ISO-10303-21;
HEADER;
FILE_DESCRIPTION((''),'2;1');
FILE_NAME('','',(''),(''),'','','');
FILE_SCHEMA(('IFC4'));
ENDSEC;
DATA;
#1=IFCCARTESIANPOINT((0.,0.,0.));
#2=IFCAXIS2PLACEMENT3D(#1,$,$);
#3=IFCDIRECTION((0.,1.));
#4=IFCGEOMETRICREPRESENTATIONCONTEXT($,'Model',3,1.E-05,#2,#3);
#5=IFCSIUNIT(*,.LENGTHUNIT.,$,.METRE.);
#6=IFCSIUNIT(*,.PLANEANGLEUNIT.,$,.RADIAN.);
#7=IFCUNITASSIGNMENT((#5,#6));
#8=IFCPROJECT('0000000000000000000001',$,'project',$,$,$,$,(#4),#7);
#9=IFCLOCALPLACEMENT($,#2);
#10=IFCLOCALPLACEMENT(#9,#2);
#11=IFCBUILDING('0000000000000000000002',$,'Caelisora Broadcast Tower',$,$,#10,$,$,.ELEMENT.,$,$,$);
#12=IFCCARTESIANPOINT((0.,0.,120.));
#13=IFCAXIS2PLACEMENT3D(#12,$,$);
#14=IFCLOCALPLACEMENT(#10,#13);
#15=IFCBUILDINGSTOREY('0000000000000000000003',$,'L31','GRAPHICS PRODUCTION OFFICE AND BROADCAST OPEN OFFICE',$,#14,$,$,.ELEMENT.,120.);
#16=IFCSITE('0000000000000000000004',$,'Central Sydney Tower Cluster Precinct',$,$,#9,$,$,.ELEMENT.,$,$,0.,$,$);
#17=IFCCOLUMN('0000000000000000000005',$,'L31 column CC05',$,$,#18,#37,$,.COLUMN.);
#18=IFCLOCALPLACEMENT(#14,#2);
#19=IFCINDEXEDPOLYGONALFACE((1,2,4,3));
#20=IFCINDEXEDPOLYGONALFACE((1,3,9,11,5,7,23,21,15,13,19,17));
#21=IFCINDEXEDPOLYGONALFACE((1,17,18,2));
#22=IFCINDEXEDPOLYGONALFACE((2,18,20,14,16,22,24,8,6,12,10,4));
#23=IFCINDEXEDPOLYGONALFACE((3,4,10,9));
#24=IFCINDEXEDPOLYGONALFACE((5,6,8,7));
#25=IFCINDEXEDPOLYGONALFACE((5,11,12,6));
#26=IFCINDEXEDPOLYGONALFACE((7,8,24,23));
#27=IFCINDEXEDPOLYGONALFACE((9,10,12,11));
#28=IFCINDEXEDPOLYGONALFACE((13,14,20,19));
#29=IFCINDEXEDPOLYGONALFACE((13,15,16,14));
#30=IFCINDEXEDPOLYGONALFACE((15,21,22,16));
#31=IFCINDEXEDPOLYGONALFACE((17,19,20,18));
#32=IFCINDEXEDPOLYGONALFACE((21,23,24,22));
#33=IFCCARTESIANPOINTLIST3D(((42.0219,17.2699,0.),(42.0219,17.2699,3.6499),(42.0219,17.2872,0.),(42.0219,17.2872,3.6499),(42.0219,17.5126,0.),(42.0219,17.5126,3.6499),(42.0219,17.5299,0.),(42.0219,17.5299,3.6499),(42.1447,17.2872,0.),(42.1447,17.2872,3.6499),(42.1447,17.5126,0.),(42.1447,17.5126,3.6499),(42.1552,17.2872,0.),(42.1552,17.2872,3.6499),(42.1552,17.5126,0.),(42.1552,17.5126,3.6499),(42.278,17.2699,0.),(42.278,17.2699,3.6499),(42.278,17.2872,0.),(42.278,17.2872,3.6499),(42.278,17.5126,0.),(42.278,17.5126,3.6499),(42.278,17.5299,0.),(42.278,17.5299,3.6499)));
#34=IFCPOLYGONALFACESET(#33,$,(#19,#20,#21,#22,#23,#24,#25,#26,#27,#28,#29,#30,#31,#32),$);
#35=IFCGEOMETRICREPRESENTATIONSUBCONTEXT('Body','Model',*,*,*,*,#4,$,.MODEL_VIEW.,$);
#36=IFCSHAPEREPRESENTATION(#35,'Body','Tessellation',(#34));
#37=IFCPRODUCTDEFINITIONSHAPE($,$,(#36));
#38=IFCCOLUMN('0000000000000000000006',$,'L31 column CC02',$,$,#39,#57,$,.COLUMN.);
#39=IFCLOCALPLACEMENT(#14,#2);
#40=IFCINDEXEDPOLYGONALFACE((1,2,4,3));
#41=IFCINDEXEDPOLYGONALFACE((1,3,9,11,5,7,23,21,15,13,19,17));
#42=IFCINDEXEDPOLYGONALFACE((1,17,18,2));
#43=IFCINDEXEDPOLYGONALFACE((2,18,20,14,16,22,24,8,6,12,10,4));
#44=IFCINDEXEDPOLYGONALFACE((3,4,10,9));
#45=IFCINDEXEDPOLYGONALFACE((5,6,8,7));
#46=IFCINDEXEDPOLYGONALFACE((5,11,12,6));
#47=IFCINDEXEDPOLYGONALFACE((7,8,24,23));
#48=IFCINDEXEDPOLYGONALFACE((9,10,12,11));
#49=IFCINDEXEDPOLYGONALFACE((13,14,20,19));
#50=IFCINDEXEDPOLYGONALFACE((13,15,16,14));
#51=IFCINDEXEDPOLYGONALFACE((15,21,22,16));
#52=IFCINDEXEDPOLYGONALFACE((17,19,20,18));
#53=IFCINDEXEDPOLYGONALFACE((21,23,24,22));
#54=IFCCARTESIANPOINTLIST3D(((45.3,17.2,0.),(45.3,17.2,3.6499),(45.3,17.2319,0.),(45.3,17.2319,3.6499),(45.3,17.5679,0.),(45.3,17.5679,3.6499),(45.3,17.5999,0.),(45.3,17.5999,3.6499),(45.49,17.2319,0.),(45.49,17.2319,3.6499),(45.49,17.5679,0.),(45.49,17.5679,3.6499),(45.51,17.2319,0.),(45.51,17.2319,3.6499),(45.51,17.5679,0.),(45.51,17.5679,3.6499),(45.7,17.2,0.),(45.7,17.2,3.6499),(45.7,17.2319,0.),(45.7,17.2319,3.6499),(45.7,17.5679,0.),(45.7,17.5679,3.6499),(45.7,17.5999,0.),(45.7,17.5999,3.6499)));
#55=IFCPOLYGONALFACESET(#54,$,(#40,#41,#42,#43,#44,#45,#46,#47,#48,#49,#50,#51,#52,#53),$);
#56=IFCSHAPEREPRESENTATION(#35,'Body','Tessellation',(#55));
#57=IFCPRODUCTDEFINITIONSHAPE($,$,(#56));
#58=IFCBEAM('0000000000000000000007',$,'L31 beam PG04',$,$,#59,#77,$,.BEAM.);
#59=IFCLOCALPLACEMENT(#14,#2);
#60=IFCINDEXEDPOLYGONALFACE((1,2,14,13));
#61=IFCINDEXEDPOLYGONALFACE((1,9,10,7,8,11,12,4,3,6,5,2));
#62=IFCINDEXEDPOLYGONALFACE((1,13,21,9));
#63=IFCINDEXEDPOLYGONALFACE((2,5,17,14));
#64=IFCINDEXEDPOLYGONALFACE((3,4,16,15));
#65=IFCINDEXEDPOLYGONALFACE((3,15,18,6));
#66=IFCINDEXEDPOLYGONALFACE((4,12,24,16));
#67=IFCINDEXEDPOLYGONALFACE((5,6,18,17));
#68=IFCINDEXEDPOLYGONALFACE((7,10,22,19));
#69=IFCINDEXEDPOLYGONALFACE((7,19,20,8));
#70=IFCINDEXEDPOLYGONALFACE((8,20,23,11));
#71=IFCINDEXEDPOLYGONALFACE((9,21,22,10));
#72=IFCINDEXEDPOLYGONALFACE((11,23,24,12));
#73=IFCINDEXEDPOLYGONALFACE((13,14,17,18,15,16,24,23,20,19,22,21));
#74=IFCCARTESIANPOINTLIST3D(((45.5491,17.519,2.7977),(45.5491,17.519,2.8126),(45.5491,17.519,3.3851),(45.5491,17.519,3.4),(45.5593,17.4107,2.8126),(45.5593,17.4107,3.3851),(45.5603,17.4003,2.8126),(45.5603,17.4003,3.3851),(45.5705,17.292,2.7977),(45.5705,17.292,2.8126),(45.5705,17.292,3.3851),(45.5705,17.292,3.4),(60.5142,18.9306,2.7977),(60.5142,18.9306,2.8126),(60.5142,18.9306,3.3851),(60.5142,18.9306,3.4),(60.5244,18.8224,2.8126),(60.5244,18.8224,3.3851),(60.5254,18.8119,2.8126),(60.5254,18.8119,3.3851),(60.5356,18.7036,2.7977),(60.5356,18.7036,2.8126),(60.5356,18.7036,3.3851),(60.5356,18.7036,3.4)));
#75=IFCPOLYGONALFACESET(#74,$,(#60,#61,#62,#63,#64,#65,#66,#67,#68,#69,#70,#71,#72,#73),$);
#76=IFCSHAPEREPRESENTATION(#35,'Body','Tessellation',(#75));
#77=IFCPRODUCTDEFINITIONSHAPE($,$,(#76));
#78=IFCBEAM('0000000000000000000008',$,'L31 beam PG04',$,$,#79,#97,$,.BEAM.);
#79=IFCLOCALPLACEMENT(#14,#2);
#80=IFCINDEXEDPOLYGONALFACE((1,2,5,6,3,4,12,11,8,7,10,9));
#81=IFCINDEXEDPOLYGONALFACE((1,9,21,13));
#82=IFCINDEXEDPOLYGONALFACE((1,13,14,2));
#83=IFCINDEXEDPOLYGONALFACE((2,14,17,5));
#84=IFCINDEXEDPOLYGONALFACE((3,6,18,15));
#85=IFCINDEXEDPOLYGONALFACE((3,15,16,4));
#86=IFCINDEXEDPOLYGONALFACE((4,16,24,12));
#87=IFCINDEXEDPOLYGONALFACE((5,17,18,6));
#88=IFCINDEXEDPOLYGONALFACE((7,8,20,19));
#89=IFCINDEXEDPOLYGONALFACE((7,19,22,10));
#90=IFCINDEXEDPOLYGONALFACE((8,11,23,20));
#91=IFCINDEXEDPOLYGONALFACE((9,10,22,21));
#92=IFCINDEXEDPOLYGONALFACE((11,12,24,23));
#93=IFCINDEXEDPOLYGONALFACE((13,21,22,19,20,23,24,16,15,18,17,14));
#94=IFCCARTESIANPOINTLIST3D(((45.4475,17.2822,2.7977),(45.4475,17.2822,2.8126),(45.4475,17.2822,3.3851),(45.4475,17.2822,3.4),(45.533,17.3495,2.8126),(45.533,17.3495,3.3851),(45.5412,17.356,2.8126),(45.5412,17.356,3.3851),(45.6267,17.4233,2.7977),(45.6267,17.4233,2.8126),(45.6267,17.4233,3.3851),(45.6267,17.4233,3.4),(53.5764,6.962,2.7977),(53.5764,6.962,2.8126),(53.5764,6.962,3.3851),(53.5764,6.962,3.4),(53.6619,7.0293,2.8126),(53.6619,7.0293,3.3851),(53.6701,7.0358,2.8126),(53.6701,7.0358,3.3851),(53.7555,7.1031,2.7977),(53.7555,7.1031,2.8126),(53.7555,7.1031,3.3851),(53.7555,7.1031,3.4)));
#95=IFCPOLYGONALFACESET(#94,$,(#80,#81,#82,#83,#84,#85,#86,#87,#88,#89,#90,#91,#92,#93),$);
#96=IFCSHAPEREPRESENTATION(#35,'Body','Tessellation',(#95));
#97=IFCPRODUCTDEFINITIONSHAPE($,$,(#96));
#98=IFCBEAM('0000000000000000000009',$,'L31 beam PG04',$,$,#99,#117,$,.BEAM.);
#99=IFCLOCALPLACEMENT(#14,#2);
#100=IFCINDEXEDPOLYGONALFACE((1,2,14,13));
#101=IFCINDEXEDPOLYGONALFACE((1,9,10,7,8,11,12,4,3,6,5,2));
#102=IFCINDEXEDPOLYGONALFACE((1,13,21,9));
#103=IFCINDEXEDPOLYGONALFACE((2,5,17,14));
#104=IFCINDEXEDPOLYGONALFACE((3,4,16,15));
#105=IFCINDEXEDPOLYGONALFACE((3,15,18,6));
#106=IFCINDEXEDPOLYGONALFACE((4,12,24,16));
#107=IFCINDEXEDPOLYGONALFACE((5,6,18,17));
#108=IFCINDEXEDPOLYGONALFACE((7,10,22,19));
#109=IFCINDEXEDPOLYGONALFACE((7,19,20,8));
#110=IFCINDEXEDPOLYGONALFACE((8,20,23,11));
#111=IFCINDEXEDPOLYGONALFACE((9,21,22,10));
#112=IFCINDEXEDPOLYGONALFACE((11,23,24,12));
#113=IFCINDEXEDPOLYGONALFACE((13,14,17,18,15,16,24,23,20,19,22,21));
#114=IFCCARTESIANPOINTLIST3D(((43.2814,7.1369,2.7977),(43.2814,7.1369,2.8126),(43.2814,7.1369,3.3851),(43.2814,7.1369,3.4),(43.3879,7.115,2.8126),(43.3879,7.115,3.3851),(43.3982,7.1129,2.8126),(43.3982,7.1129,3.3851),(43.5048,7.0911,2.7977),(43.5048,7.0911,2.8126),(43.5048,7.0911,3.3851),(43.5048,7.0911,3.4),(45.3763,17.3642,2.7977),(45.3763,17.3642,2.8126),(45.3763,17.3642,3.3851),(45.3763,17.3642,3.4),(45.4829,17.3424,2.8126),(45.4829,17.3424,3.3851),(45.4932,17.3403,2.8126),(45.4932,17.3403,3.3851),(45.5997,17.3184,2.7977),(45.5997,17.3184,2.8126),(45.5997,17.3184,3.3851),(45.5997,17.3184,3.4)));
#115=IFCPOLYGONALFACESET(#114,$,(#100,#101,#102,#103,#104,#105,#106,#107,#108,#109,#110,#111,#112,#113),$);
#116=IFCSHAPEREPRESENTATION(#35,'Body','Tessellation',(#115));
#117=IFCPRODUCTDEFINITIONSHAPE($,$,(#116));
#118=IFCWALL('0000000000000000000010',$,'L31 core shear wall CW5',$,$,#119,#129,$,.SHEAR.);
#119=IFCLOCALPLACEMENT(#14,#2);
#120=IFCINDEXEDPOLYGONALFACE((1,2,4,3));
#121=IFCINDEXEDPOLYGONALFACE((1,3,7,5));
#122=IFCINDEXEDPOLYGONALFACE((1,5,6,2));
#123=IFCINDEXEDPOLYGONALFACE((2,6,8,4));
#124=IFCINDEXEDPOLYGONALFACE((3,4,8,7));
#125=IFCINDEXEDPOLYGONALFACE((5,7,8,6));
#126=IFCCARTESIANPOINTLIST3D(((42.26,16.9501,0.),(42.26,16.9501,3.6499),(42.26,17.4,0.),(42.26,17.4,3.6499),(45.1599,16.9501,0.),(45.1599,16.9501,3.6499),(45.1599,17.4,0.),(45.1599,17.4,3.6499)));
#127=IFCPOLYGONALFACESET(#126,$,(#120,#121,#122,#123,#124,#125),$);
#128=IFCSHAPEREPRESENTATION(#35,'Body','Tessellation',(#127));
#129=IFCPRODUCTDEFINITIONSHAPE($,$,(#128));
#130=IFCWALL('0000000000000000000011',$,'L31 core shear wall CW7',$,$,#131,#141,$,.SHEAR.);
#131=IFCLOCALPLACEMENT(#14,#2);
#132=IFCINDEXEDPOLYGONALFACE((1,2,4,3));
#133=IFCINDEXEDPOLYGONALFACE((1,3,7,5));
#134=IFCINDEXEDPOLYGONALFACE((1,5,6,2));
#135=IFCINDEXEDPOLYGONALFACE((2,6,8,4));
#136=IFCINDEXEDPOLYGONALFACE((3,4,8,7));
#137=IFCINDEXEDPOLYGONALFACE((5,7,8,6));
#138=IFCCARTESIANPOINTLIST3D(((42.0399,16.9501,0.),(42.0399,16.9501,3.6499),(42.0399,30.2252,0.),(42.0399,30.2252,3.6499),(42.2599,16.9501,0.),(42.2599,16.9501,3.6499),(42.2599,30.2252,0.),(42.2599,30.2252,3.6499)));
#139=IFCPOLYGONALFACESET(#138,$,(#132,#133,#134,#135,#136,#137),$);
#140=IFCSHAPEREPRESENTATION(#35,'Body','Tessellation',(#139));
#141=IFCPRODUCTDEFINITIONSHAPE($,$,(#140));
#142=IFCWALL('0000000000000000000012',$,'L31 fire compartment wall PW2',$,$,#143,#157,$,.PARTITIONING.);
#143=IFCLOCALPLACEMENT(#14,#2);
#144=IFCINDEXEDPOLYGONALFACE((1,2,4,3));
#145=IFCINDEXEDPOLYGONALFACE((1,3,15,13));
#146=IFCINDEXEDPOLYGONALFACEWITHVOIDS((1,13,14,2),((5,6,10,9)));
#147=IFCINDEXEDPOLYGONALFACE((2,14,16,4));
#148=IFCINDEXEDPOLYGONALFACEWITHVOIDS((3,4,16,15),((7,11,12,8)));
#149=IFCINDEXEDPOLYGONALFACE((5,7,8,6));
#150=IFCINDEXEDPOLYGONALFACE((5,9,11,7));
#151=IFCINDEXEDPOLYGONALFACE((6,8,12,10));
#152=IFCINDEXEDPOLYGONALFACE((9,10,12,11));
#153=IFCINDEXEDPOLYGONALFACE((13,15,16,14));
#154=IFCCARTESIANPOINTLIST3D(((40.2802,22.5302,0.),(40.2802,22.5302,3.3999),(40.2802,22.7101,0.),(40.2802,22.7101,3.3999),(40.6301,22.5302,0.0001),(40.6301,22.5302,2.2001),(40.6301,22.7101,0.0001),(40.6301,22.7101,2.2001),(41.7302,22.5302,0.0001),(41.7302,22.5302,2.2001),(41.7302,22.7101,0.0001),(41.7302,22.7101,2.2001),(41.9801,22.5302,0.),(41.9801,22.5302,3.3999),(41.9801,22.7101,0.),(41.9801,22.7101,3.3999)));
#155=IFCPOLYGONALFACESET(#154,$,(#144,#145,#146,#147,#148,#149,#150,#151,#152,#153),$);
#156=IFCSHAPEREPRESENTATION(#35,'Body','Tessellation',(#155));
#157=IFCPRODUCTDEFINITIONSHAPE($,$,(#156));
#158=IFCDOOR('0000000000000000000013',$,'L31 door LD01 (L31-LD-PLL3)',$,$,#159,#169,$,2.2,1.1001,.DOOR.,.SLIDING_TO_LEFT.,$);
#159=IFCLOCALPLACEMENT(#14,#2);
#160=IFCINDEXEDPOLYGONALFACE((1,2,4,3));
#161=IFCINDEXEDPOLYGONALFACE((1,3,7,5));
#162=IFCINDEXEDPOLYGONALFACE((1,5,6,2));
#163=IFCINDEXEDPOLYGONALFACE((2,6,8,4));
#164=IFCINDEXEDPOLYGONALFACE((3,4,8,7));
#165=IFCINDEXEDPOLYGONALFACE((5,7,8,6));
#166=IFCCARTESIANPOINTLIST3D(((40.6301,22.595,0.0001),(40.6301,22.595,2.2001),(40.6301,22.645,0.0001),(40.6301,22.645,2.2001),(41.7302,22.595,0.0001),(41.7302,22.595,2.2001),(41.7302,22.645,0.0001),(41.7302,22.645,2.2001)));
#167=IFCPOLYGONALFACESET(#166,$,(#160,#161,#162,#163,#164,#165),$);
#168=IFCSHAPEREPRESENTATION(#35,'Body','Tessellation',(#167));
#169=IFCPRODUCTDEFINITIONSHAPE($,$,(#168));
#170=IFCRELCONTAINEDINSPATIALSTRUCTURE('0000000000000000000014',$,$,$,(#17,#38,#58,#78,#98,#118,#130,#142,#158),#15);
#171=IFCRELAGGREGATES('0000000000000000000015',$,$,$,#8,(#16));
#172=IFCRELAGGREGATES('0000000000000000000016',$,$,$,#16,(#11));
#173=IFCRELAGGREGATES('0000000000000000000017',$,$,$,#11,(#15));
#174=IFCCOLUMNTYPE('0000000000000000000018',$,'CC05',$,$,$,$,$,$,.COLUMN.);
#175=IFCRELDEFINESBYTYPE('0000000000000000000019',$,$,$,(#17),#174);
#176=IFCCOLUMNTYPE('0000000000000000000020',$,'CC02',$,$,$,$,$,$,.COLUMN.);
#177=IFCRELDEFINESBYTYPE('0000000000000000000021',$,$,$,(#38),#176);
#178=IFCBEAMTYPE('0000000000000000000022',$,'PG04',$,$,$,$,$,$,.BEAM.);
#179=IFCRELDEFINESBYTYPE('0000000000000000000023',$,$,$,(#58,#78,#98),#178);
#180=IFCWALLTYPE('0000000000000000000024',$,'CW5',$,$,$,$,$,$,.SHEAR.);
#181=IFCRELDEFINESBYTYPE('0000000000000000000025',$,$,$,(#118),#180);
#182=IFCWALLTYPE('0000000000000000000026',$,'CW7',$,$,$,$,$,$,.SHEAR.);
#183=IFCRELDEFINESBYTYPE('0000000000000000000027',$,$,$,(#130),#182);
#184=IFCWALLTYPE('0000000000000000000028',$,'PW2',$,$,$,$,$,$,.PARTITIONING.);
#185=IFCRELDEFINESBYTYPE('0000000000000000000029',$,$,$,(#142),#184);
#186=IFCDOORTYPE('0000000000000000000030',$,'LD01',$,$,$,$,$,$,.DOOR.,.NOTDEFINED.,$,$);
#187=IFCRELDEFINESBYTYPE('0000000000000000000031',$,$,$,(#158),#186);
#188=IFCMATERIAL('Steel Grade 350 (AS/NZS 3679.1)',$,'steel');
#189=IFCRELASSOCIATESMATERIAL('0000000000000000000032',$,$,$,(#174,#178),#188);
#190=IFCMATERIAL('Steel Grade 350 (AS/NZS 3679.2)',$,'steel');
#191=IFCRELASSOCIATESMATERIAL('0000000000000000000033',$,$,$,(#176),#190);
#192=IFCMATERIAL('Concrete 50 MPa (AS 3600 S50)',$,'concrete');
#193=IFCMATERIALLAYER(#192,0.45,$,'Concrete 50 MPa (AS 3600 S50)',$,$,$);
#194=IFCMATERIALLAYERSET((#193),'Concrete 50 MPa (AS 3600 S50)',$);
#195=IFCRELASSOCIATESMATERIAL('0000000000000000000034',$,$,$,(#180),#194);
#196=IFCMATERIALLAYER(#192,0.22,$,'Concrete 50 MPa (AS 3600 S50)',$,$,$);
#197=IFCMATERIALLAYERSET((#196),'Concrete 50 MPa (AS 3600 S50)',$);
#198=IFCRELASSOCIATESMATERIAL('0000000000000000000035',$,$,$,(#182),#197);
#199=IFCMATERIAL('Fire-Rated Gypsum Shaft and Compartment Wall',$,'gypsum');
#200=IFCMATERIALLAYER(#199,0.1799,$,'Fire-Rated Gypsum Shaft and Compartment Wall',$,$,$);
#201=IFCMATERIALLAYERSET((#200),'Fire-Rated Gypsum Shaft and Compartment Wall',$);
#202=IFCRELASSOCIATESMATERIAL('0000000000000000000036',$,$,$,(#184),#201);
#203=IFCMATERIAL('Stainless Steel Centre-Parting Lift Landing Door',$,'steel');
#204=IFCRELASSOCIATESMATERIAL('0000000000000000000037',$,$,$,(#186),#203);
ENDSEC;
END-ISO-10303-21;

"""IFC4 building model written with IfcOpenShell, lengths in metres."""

from ifc_helpers import new_model, si_unit, direction, frame, frame_2d, origin, origin_2d, place, context, subcontext, project, spatial, rectangle, i_section, extrude, source, transform, mapped, material, layer, layer_set, material_profile, profile_set, type_object, type_shapes, element, fill, save


model = new_model("IFC4")

# Units and contexts
model_context = context("Model", 3, precision=1e-05, world=origin(), true_north=direction((0.0, 1.0)))
body_context = subcontext(model_context, "Body", "Model", "MODEL_VIEW")
ifc_project = project(units=[si_unit("LENGTHUNIT", "METRE"), si_unit("PLANEANGLEUNIT", "RADIAN")], contexts=[model_context])

# Site, building, storey
site_placement = place(None, origin())
site = spatial("IfcSite", under=ifc_project, at=site_placement, Name="Central Sydney Tower Cluster Precinct", CompositionType="ELEMENT", RefElevation=0.0)
building_placement = place(site_placement, origin())
building = spatial("IfcBuilding", under=site, at=building_placement, Name="Caelisora Broadcast Tower", CompositionType="ELEMENT")
storey_placement = place(building_placement, frame((0.0, 0.0, 120.0)))
storey = spatial("IfcBuildingStorey", under=building, at=storey_placement, Name="L31", Description="GRAPHICS PRODUCTION OFFICE AND BROADCAST OPEN OFFICE", CompositionType="ELEMENT", Elevation=120.0)

# Columns
ifc_material_1 = material(Name="Steel Grade 350 (AS/NZS 3679.1)", Category="steel")
ifc_material_profile_1 = material_profile(ifc_material_1, i_section(OverallWidth=0.2561, OverallDepth=0.26, WebThickness=0.0105, FlangeThickness=0.0173, at=origin_2d()), Name="Steel Grade 350 (AS/NZS 3679.1)")
ifc_profile_set_1 = profile_set([ifc_material_profile_1], Name="Steel Grade 350 (AS/NZS 3679.1)")
column_type_1 = type_object("IfcColumnType", Name="CC05", PredefinedType="COLUMN", material=ifc_profile_set_1)
shared_shape_1 = source(origin(), body_context, "Body", "SweptSolid", [
    extrude(i_section(OverallWidth=0.2561, OverallDepth=0.26, WebThickness=0.0105, FlangeThickness=0.0173, at=origin_2d()), origin(), (0.0, 0.0, 1.0), 3.6499),
])
type_shapes(column_type_1, [shared_shape_1])
column_1_placement = place(storey_placement, frame((42.1499, 17.3999, 0.0), z_axis=(0.0, 0.0, 1.0), x_axis=(1.0, 0.0, 0.0)))
element("IfcColumn", 1, at=column_1_placement, inside=storey, type_object=column_type_1, Name="L31 column CC05", PredefinedType="COLUMN", context=body_context, shape_type="MappedRepresentation", body=[
    mapped(shared_shape_1, transform((0.0, 0.0, 0.0), scale=1.0)),
])
ifc_material_2 = material(Name="Steel Grade 350 (AS/NZS 3679.2)", Category="steel")
ifc_material_profile_2 = material_profile(ifc_material_2, i_section(OverallWidth=0.3999, OverallDepth=0.3999, WebThickness=0.02, FlangeThickness=0.032, at=origin_2d()), Name="Steel Grade 350 (AS/NZS 3679.2)")
ifc_profile_set_2 = profile_set([ifc_material_profile_2], Name="Steel Grade 350 (AS/NZS 3679.2)")
column_type_2 = type_object("IfcColumnType", Name="CC02", PredefinedType="COLUMN", material=ifc_profile_set_2)
shared_shape_2 = source(origin(), body_context, "Body", "SweptSolid", [
    extrude(i_section(OverallWidth=0.3999, OverallDepth=0.3999, WebThickness=0.02, FlangeThickness=0.032, at=origin_2d()), origin(), (0.0, 0.0, 1.0), 3.6499),
])
type_shapes(column_type_2, [shared_shape_2])
column_2_placement = place(storey_placement, frame((45.5, 17.3999, 0.0), z_axis=(0.0, 0.0, 1.0), x_axis=(1.0, 0.0, 0.0)))
element("IfcColumn", 2, at=column_2_placement, inside=storey, type_object=column_type_2, Name="L31 column CC02", PredefinedType="COLUMN", context=body_context, shape_type="MappedRepresentation", body=[
    mapped(shared_shape_2, transform((0.0, 0.0, 0.0), scale=1.0)),
])

# Beams
ifc_material_profile_3 = material_profile(ifc_material_1, i_section(OverallWidth=0.228, OverallDepth=0.6023, WebThickness=0.0105, FlangeThickness=0.0149, at=origin_2d()), Name="Steel Grade 350 (AS/NZS 3679.1)")
ifc_profile_set_3 = profile_set([ifc_material_profile_3], Name="Steel Grade 350 (AS/NZS 3679.1)")
beam_type = type_object("IfcBeamType", Name="PG04", PredefinedType="BEAM", material=ifc_profile_set_3)
shared_shape_3 = source(origin(), body_context, "Body", "SweptSolid", [
    extrude(i_section(OverallWidth=0.228, OverallDepth=0.6023, WebThickness=0.0105, FlangeThickness=0.0149, at=origin_2d()), origin(), (0.0, 0.0, 1.0), 15.0315),
])
beam_1_placement = place(storey_placement, frame((45.5598, 17.4055, 3.0989), z_axis=(0.995581, 0.093911, 0.0), x_axis=(-0.093911, 0.995581, 0.0)))
element("IfcBeam", 3, at=beam_1_placement, inside=storey, type_object=beam_type, Name="L31 beam PG04", PredefinedType="BEAM", context=body_context, shape_type="MappedRepresentation", body=[
    mapped(shared_shape_3, transform((0.0, 0.0, 0.0), scale=1.0)),
])
shared_shape_4 = source(origin(), body_context, "Body", "SweptSolid", [
    extrude(i_section(OverallWidth=0.228, OverallDepth=0.6023, WebThickness=0.0105, FlangeThickness=0.0149, at=origin_2d()), origin(), (0.0, 0.0, 1.0), 13.1372),
])
beam_2_placement = place(storey_placement, frame((45.5371, 17.3528, 3.0989), z_axis=(0.618767, -0.785575, 0.0), x_axis=(0.785575, 0.618767, 0.0)))
element("IfcBeam", 4, at=beam_2_placement, inside=storey, type_object=beam_type, Name="L31 beam PG04", PredefinedType="BEAM", context=body_context, shape_type="MappedRepresentation", body=[
    mapped(shared_shape_4, transform((0.0, 0.0, 0.0), scale=1.0)),
])
shared_shape_5 = source(origin(), body_context, "Body", "SweptSolid", [
    extrude(i_section(OverallWidth=0.228, OverallDepth=0.6023, WebThickness=0.0105, FlangeThickness=0.0149, at=origin_2d()), origin(), (0.0, 0.0, 1.0), 10.4397),
])
type_shapes(beam_type, [shared_shape_3, shared_shape_4, shared_shape_5])
beam_3_placement = place(storey_placement, frame((45.488, 17.3413, 3.0989), z_axis=(-0.200674, -0.979658, 0.0), x_axis=(0.979658, -0.200674, 0.0)))
element("IfcBeam", 5, at=beam_3_placement, inside=storey, type_object=beam_type, Name="L31 beam PG04", PredefinedType="BEAM", context=body_context, shape_type="MappedRepresentation", body=[
    mapped(shared_shape_5, transform((0.0, 0.0, 0.0), scale=1.0)),
])

# Shared definitions
ifc_material_3 = material(Name="Concrete 50 MPa (AS 3600 S50)", Category="concrete")

# Walls
ifc_layer_1 = layer(ifc_material_3, 0.45, Name="Concrete 50 MPa (AS 3600 S50)")
ifc_layer_set_1 = layer_set([ifc_layer_1], Name="Concrete 50 MPa (AS 3600 S50)")
wall_type_1 = type_object("IfcWallType", Name="CW5", PredefinedType="SHEAR", material=ifc_layer_set_1)
wall_1_placement = place(storey_placement, frame((42.26, 17.175, 0.0), z_axis=(0.0, 0.0, 1.0), x_axis=(1.0, 0.0, 0.0)))
element("IfcWall", 6, at=wall_1_placement, inside=storey, type_object=wall_type_1, Name="L31 core shear wall CW5", PredefinedType="SHEAR", context=body_context, shape_type="SweptSolid", body=[
    extrude(rectangle(XDim=2.8999, YDim=0.45, at=frame_2d((1.45, 0.0))), origin(), (0.0, 0.0, 1.0), 3.6499),
])
ifc_layer_2 = layer(ifc_material_3, 0.22, Name="Concrete 50 MPa (AS 3600 S50)")
ifc_layer_set_2 = layer_set([ifc_layer_2], Name="Concrete 50 MPa (AS 3600 S50)")
wall_type_2 = type_object("IfcWallType", Name="CW7", PredefinedType="SHEAR", material=ifc_layer_set_2)
wall_2_placement = place(storey_placement, frame((42.1499, 16.95, 0.0), z_axis=(0.0, 0.0, 1.0), x_axis=(0.0, 1.0, 0.0)))
element("IfcWall", 7, at=wall_2_placement, inside=storey, type_object=wall_type_2, Name="L31 core shear wall CW7", PredefinedType="SHEAR", context=body_context, shape_type="SweptSolid", body=[
    extrude(rectangle(XDim=13.2751, YDim=0.22, at=frame_2d((6.6377, 0.0))), origin(), (0.0, 0.0, 1.0), 3.6499),
])

# Wall, opening, door
ifc_material_4 = material(Name="Fire-Rated Gypsum Shaft and Compartment Wall", Category="gypsum")
ifc_layer_3 = layer(ifc_material_4, 0.1799, Name="Fire-Rated Gypsum Shaft and Compartment Wall")
ifc_layer_set_3 = layer_set([ifc_layer_3], Name="Fire-Rated Gypsum Shaft and Compartment Wall")
wall_type_3 = type_object("IfcWallType", Name="PW2", PredefinedType="PARTITIONING", material=ifc_layer_set_3)
wall_3_placement = place(storey_placement, frame((40.28, 22.6201, 0.0), z_axis=(0.0, 0.0, 1.0), x_axis=(1.0, 0.0, 0.0)))
wall_3 = element("IfcWall", 8, at=wall_3_placement, inside=storey, type_object=wall_type_3, Name="L31 fire compartment wall PW2", PredefinedType="PARTITIONING", context=body_context, shape_type="SweptSolid", body=[
    extrude(rectangle(XDim=1.7, YDim=0.1799, at=frame_2d((0.8501, 0.0))), origin(), (0.0, 0.0, 1.0), 3.3999),
])
opening_1_placement = place(wall_3_placement, frame((0.3501, 0.0, 0.0)))
opening_1 = element("IfcOpeningElement", 9, at=opening_1_placement, cuts=wall_3, PredefinedType="OPENING", context=body_context, shape_type="SweptSolid", body=[
    extrude(rectangle(XDim=1.1001, YDim=2.2, at=frame_2d((0.55, 1.1001))), frame((0.0, 0.1021, 0.0), z_axis=(0.0, -1.0, 0.0), x_axis=(1.0, 0.0, 0.0)), (0.0, 0.0, 1.0), 0.2039),
])
ifc_material_5 = material(Name="Stainless Steel Centre-Parting Lift Landing Door", Category="steel")
door_type_1 = type_object("IfcDoorType", Name="LD01", OperationType="NOTDEFINED", PredefinedType="DOOR", material=ifc_material_5)
door_1_placement = place(opening_1_placement, origin())
door_1 = element("IfcDoor", 10, at=door_1_placement, inside=storey, type_object=door_type_1, Name="L31 door LD01 (L31-LD-PLL3)", OperationType="SLIDING_TO_LEFT", OverallHeight=2.2, OverallWidth=1.1001, PredefinedType="DOOR", context=body_context, shape_type="SweptSolid", body=[
    extrude(rectangle(XDim=1.1001, YDim=2.2, at=frame_2d((0.55, 1.1001))), frame((0.0, 0.0249, 0.0), z_axis=(0.0, -1.0, 0.0), x_axis=(1.0, 0.0, 0.0)), (0.0, 0.0, 1.0), 0.05),
])
fill(opening_1, door_1)

save(model, "model.ifc")
